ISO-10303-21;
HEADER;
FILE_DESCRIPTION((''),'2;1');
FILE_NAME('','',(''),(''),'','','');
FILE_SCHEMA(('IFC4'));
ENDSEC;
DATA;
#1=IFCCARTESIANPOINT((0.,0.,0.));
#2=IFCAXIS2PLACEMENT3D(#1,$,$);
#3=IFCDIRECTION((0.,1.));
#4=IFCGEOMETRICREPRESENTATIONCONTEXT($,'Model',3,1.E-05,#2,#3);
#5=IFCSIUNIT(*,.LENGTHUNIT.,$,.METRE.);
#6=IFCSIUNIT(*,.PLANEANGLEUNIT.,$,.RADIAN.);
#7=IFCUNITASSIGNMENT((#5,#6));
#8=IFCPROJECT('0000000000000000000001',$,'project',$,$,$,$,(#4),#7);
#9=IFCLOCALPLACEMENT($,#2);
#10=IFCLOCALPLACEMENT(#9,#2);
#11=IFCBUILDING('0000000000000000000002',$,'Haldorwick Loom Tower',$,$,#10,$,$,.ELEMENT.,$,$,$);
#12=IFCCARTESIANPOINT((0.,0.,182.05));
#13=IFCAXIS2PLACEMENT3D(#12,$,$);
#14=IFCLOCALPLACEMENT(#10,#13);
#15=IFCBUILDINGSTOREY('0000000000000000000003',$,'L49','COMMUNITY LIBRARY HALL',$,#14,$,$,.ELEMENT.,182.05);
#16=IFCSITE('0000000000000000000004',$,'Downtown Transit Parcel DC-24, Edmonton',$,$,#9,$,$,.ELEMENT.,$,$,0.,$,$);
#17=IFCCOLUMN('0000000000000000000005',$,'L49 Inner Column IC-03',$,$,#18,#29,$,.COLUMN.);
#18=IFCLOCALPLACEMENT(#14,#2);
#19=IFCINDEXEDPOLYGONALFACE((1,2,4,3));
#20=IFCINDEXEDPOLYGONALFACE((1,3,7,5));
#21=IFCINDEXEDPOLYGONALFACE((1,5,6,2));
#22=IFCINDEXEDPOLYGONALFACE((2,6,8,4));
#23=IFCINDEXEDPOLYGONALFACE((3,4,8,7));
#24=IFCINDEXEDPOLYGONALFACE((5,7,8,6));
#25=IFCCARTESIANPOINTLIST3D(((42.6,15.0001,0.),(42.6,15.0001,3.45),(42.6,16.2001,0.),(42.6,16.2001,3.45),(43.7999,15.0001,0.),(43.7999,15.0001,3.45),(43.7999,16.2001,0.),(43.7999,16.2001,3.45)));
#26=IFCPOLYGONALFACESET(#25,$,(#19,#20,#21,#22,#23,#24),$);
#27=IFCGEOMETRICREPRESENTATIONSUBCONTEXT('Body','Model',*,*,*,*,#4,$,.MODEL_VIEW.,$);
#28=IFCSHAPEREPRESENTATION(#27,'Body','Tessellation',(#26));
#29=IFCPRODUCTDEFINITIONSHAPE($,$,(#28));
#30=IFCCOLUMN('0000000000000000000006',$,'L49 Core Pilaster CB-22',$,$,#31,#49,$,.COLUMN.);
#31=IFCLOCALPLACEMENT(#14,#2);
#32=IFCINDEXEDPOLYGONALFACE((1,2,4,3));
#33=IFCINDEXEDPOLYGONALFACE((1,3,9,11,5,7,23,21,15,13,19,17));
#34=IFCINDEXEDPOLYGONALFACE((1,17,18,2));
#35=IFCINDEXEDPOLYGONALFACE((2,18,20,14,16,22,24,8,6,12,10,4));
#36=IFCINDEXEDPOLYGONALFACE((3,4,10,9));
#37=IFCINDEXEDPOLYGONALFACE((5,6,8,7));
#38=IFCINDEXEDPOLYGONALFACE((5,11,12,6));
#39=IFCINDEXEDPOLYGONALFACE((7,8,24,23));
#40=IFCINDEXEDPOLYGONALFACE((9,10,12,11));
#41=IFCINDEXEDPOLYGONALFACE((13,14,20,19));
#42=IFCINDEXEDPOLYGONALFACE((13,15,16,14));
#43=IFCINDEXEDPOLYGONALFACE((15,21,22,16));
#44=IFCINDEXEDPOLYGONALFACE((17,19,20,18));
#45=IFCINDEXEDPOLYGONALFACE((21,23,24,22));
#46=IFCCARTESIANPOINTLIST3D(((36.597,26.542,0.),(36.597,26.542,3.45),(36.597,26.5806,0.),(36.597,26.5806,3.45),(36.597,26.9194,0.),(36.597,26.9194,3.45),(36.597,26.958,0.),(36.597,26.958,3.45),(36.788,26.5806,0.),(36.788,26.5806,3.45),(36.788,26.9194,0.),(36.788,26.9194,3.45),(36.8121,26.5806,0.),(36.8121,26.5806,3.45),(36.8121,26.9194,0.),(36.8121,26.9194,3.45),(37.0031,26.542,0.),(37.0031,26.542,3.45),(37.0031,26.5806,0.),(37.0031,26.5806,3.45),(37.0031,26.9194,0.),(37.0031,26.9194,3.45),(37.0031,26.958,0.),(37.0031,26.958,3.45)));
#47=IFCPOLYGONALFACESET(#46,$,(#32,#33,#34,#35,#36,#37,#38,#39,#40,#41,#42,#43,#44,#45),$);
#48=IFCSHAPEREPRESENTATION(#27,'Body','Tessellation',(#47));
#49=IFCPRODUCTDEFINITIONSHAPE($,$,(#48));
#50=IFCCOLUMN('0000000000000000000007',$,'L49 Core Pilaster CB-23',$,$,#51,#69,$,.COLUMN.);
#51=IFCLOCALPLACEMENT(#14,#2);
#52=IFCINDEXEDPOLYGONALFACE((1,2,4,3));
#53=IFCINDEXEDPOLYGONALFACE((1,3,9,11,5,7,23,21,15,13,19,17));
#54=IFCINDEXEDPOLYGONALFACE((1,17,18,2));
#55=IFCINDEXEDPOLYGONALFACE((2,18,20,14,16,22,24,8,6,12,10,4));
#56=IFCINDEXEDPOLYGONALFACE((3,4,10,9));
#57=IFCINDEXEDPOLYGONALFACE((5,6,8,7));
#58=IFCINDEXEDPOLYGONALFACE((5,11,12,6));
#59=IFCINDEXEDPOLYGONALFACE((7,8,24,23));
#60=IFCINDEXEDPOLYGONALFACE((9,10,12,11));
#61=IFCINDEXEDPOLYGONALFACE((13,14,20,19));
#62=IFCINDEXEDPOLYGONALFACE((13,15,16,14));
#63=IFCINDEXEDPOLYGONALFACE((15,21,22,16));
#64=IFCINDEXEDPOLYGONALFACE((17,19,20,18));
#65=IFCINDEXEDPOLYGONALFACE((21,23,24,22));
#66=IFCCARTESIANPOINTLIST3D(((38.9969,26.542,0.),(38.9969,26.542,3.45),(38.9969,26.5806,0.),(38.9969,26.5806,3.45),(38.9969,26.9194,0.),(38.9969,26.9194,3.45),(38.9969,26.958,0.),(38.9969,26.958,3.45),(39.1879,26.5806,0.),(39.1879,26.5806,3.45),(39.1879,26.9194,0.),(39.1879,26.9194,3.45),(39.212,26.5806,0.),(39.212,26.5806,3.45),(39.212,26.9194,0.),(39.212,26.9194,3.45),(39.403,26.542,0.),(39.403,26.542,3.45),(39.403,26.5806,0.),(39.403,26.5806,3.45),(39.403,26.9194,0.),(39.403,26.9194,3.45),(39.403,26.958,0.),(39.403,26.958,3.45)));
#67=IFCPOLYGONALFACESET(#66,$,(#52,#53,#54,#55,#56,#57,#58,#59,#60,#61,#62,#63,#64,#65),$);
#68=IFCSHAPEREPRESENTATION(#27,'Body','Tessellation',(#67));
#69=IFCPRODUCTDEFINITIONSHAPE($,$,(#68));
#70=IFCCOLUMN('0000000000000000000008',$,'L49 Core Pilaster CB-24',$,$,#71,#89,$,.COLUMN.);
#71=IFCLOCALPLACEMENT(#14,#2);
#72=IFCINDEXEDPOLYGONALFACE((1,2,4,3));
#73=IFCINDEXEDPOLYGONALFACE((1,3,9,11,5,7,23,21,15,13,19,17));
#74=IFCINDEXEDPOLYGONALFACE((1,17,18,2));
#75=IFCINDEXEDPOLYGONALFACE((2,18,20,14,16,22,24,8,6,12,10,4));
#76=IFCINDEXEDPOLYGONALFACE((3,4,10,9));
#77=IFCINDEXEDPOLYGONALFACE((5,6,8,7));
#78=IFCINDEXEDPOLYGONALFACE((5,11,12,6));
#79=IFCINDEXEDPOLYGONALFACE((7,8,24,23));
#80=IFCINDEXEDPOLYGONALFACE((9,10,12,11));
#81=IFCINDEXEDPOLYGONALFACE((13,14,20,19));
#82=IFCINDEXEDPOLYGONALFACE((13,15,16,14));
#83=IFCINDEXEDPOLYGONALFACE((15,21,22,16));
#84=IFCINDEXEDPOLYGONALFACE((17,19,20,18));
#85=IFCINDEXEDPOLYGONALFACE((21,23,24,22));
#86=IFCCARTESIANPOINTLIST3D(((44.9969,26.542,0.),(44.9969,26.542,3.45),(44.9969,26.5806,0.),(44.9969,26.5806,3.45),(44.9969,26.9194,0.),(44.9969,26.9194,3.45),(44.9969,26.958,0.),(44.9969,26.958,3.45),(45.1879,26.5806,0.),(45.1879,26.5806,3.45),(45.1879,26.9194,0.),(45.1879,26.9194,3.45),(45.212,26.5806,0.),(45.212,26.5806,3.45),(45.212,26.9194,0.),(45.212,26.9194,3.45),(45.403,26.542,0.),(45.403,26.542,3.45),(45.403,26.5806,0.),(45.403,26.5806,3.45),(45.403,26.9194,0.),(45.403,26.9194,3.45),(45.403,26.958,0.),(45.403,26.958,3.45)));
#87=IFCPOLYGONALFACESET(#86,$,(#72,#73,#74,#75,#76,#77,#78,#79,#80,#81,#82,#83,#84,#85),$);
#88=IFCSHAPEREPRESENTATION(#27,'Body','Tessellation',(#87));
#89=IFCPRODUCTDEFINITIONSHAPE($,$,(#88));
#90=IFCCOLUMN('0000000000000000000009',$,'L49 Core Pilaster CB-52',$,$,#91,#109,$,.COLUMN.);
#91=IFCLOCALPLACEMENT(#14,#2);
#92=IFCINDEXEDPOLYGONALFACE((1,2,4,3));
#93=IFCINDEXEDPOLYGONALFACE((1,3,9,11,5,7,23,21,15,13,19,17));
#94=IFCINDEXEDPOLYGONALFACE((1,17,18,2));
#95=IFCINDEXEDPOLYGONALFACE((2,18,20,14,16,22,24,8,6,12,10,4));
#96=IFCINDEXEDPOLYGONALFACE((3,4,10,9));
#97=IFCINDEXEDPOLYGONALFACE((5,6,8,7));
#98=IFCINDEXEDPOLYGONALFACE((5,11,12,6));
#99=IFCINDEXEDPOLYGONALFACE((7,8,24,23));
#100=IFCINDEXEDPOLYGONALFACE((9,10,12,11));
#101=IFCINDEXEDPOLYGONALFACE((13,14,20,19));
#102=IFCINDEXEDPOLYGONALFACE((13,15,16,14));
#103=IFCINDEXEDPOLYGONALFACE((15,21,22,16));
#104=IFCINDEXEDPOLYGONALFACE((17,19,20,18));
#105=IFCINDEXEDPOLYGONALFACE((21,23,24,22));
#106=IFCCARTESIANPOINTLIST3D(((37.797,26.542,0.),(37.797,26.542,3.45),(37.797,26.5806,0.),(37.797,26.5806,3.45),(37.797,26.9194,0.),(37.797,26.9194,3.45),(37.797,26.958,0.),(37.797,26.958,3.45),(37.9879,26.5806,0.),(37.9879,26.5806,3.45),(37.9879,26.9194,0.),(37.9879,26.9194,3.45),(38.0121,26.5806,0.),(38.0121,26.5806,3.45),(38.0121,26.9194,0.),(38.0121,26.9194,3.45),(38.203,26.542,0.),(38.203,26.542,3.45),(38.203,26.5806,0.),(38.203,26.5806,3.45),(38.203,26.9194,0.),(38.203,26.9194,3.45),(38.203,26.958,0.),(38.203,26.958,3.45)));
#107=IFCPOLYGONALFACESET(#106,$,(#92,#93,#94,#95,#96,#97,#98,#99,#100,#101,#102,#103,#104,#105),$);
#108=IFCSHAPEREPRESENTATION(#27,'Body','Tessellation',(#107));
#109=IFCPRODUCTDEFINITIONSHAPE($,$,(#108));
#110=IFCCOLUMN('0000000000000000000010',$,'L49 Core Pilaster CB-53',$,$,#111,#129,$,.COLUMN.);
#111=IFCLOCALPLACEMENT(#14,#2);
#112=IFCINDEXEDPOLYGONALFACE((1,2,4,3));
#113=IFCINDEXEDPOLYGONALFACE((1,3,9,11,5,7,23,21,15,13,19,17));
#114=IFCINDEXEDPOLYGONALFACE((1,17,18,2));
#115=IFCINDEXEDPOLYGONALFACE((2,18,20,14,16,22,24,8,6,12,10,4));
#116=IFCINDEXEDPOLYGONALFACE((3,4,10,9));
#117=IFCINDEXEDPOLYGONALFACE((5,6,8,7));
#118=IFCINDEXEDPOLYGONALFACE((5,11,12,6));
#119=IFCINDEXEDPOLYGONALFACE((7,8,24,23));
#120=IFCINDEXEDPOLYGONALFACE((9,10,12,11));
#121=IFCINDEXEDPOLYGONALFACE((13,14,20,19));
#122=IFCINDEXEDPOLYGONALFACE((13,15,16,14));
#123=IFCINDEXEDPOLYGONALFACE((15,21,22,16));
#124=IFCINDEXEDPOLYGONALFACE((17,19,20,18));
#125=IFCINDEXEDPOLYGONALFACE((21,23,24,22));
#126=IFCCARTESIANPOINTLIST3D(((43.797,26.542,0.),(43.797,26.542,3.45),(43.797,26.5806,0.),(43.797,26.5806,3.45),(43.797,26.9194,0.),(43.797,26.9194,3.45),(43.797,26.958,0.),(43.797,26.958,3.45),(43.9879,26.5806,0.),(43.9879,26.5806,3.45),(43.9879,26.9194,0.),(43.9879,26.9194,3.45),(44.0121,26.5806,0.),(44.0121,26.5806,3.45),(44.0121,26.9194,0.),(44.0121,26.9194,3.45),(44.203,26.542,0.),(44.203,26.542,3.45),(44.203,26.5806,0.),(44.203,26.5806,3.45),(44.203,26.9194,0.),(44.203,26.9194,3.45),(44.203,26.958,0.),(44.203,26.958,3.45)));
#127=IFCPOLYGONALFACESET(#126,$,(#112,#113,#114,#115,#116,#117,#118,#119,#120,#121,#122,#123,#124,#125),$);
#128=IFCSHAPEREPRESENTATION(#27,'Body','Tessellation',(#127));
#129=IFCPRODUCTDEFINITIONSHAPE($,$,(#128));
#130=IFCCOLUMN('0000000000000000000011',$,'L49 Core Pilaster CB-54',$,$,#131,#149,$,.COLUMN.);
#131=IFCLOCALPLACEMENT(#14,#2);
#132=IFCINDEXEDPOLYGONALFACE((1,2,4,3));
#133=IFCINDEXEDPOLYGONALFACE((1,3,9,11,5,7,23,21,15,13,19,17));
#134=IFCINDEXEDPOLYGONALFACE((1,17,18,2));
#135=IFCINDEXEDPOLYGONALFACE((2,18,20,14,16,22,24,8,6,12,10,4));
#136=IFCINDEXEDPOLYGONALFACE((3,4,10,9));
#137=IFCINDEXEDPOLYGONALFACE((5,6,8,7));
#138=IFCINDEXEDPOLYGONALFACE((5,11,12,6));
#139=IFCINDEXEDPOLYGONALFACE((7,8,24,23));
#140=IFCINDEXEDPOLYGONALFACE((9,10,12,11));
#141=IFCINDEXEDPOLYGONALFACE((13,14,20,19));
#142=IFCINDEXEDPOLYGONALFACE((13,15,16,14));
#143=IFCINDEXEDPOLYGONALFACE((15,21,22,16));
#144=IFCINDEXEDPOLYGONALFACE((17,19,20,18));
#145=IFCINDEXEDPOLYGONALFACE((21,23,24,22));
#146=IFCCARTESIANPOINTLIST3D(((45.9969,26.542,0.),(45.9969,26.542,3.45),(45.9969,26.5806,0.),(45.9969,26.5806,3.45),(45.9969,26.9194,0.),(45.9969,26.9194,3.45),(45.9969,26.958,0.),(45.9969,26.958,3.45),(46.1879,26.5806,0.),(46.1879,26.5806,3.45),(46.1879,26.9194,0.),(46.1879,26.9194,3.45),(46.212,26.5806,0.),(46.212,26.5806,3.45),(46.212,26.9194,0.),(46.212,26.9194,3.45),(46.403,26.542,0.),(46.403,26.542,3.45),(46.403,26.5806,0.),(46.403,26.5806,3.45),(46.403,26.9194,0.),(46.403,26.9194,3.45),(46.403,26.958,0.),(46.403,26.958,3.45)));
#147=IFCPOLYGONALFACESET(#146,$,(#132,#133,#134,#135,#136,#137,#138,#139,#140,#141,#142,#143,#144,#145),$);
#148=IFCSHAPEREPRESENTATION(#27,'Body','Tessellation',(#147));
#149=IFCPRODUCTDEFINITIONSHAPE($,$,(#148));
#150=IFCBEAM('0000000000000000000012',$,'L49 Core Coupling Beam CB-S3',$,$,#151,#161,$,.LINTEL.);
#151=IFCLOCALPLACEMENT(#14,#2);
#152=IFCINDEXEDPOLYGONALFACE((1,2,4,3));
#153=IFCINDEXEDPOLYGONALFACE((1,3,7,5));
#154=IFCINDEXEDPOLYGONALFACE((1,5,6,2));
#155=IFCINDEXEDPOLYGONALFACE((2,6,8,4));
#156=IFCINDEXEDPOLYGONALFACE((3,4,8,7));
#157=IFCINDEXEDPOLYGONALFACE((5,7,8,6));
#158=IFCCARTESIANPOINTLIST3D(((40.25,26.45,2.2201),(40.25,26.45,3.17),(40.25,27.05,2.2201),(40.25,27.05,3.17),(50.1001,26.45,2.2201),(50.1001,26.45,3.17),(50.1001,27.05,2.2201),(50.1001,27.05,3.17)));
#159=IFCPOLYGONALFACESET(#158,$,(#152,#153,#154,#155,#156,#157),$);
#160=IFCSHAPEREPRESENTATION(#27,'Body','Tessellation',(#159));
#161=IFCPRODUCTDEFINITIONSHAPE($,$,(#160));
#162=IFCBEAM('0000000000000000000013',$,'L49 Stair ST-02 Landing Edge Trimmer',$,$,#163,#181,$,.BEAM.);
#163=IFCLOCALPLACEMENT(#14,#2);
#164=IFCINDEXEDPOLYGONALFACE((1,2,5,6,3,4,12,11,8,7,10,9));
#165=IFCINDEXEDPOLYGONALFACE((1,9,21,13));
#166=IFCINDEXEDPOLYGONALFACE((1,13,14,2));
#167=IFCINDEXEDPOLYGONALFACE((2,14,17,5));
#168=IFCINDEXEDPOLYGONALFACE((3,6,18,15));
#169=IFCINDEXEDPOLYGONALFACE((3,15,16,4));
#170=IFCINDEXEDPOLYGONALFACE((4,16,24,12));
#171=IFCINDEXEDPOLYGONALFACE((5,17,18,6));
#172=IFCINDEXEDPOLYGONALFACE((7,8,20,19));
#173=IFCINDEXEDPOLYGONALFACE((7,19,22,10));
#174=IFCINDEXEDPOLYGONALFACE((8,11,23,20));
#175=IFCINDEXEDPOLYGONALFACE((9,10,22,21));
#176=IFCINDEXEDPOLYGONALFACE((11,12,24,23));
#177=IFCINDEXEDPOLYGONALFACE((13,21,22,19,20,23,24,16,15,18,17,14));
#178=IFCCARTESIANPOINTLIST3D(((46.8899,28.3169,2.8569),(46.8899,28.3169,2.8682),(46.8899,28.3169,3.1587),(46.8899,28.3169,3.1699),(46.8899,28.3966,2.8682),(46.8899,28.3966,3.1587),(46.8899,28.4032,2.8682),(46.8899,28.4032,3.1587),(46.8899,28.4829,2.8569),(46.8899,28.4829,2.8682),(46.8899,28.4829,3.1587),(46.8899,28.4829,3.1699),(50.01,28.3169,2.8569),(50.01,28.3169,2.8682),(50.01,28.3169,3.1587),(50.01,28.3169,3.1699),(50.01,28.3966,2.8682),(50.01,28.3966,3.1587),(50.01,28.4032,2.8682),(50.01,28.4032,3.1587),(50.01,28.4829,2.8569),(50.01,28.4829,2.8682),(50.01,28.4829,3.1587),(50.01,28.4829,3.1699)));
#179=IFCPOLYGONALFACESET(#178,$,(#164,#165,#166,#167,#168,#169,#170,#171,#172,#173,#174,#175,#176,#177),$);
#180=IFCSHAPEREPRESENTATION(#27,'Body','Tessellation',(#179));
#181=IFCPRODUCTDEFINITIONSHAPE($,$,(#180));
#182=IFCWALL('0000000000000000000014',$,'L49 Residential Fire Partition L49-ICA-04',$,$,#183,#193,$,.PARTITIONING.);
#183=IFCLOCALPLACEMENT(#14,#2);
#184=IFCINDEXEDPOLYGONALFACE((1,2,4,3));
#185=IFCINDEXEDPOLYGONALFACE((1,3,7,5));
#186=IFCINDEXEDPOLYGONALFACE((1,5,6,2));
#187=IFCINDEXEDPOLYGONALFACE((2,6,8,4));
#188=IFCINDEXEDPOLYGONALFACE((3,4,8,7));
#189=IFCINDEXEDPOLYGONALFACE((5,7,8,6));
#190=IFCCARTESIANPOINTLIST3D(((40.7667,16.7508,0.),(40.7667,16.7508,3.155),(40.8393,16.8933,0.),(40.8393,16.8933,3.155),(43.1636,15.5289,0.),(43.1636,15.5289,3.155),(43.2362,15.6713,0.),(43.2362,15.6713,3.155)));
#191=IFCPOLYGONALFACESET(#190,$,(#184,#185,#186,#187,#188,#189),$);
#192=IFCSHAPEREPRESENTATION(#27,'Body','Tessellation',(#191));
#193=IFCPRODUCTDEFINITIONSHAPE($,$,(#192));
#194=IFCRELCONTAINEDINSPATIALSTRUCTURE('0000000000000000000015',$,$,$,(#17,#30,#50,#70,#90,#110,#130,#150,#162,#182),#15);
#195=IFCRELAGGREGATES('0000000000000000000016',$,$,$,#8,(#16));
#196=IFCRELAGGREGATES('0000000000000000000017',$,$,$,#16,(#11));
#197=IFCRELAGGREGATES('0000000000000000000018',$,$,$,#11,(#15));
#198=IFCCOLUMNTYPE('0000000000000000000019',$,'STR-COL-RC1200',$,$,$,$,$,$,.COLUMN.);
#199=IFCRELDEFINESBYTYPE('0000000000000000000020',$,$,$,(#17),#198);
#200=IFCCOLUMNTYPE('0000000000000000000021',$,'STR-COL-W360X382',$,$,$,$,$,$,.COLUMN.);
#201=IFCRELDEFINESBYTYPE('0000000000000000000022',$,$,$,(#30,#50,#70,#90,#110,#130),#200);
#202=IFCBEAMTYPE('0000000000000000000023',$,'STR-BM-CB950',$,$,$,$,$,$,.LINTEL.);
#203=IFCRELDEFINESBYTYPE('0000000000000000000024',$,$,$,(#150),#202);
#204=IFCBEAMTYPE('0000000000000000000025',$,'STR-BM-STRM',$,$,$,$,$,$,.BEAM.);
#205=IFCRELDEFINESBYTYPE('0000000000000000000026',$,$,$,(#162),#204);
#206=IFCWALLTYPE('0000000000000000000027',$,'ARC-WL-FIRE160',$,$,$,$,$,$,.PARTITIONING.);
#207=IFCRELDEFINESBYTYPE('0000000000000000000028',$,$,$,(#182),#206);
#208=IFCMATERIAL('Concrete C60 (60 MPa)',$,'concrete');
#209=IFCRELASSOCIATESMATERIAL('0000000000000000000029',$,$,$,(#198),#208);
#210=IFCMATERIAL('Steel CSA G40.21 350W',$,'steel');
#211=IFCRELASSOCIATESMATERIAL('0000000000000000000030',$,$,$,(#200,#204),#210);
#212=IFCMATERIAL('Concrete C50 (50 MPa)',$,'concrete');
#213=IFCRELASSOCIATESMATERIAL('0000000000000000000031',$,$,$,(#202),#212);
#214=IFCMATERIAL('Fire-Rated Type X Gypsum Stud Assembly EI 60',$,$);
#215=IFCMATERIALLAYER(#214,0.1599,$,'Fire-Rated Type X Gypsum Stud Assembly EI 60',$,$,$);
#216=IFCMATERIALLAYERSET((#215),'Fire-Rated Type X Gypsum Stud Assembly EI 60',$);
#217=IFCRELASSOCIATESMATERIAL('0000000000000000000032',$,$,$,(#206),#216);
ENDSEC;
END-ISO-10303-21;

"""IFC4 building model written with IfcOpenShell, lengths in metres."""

from ifc_helpers import new_model, si_unit, direction, frame, frame_2d, origin, origin_2d, place, context, subcontext, project, spatial, rectangle, i_section, extrude, material, layer, layer_set, material_profile, profile_set, type_object, element, save


model = new_model("IFC4")

# Units and contexts
model_context = context("Model", 3, precision=1e-05, world=origin(), true_north=direction((0.0, 1.0)))
body_context = subcontext(model_context, "Body", "Model", "MODEL_VIEW")
ifc_project = project(units=[si_unit("LENGTHUNIT", "METRE"), si_unit("PLANEANGLEUNIT", "RADIAN")], contexts=[model_context])

# Site, building, storey
site_placement = place(None, origin())
site = spatial("IfcSite", under=ifc_project, at=site_placement, Name="Downtown Transit Parcel DC-24, Edmonton", CompositionType="ELEMENT", RefElevation=0.0)
building_placement = place(site_placement, origin())
building = spatial("IfcBuilding", under=site, at=building_placement, Name="Haldorwick Loom Tower", CompositionType="ELEMENT")
storey_placement = place(building_placement, frame((0.0, 0.0, 182.05)))
storey = spatial("IfcBuildingStorey", under=building, at=storey_placement, Name="L49", Description="COMMUNITY LIBRARY HALL", CompositionType="ELEMENT", Elevation=182.05)

# Columns
ifc_material_1 = material(Name="Concrete C60 (60 MPa)", Category="concrete")
ifc_material_profile_1 = material_profile(ifc_material_1, rectangle(XDim=1.2, YDim=1.2, at=origin_2d()), Name="RC1200X1200", Category="concrete")
ifc_profile_set_1 = profile_set([ifc_material_profile_1], Name="Concrete C60 (60 MPa)")
column_type_1 = type_object("IfcColumnType", Name="STR-COL-RC1200", PredefinedType="COLUMN", material=ifc_profile_set_1)
column_placement = place(storey_placement, frame((43.2, 15.6001, 0.0), z_axis=(0.0, 0.0, 1.0), x_axis=(1.0, 0.0, 0.0)))
element("IfcColumn", 1, at=column_placement, inside=storey, type_object=column_type_1, Name="L49 Inner Column IC-03", PredefinedType="COLUMN", context=body_context, shape_type="SweptSolid", body=[
    extrude(rectangle(XDim=1.2, YDim=1.2, at=origin_2d()), origin(), (0.0, 0.0, 1.0), 3.45),
])
ifc_material_2 = material(Name="Steel CSA G40.21 350W", Category="steel")
ifc_material_profile_2 = material_profile(ifc_material_2, i_section(OverallWidth=0.406, OverallDepth=0.416, WebThickness=0.0242, FlangeThickness=0.0386, at=origin_2d()), Name="W360X382", Category="steel")
ifc_profile_set_2 = profile_set([ifc_material_profile_2], Name="Steel CSA G40.21 350W")
column_type_2 = type_object("IfcColumnType", Name="STR-COL-W360X382", PredefinedType="COLUMN", material=ifc_profile_set_2)
for number, where, z_axis, x_axis, name in (
    (2, (36.8, 26.75, 0.0), (0.0, 0.0, 1.0), (1.0, 0.0, 0.0), "L49 Core Pilaster CB-22"),
    (3, (39.2, 26.75, 0.0), (0.0, 0.0, 1.0), (1.0, 0.0, 0.0), "L49 Core Pilaster CB-23"),
    (4, (45.2, 26.75, 0.0), (0.0, 0.0, 1.0), (1.0, 0.0, 0.0), "L49 Core Pilaster CB-24"),
    (5, (38.0, 26.75, 0.0), (0.0, 0.0, 1.0), (1.0, 0.0, 0.0), "L49 Core Pilaster CB-52"),
    (6, (44.0, 26.75, 0.0), (0.0, 0.0, 1.0), (1.0, 0.0, 0.0), "L49 Core Pilaster CB-53"),
    (7, (46.2, 26.75, 0.0), (0.0, 0.0, 1.0), (1.0, 0.0, 0.0), "L49 Core Pilaster CB-54"),
):
    element("IfcColumn", number, at=place(storey_placement, frame(where, z_axis=z_axis, x_axis=x_axis)), inside=storey, type_object=column_type_2, Name=name, PredefinedType="COLUMN", context=body_context, shape_type="SweptSolid", body=[
        extrude(i_section(OverallWidth=0.406, OverallDepth=0.416, WebThickness=0.0242, FlangeThickness=0.0386, at=origin_2d()), origin(), (0.0, 0.0, 1.0), 3.45),
    ])

# Beams
ifc_material_3 = material(Name="Concrete C50 (50 MPa)", Category="concrete")
ifc_material_profile_3 = material_profile(ifc_material_3, rectangle(XDim=0.6001, YDim=0.95, at=origin_2d()), Name="RC600X950", Category="concrete")
ifc_profile_set_3 = profile_set([ifc_material_profile_3], Name="Concrete C50 (50 MPa)")
beam_type_1 = type_object("IfcBeamType", Name="STR-BM-CB950", PredefinedType="LINTEL", material=ifc_profile_set_3)
beam_1_placement = place(storey_placement, frame((40.25, 26.75, 2.6951), z_axis=(1.0, 0.0, 0.0), x_axis=(0.0, 1.0, 0.0)))
element("IfcBeam", 8, at=beam_1_placement, inside=storey, type_object=beam_type_1, Name="L49 Core Coupling Beam CB-S3", PredefinedType="LINTEL", context=body_context, shape_type="SweptSolid", body=[
    extrude(rectangle(XDim=0.6001, YDim=0.95, at=origin_2d()), origin(), (0.0, 0.0, 1.0), 9.8501),
])
ifc_material_profile_4 = material_profile(ifc_material_2, i_section(OverallWidth=0.166, OverallDepth=0.313, WebThickness=0.0066, FlangeThickness=0.0112, at=origin_2d()), Name="W310X45", Category="steel")
ifc_profile_set_4 = profile_set([ifc_material_profile_4], Name="Steel CSA G40.21 350W")
beam_type_2 = type_object("IfcBeamType", Name="STR-BM-STRM", PredefinedType="BEAM", material=ifc_profile_set_4)
beam_2_placement = place(storey_placement, frame((46.8899, 28.3999, 3.0134), z_axis=(1.0, 0.0, 0.0), x_axis=(0.0, 1.0, 0.0)))
element("IfcBeam", 9, at=beam_2_placement, inside=storey, type_object=beam_type_2, Name="L49 Stair ST-02 Landing Edge Trimmer", PredefinedType="BEAM", context=body_context, shape_type="SweptSolid", body=[
    extrude(i_section(OverallWidth=0.166, OverallDepth=0.313, WebThickness=0.0066, FlangeThickness=0.0112, at=origin_2d()), origin(), (0.0, 0.0, 1.0), 3.1201),
])

# Wall
ifc_material_4 = material(Name="Fire-Rated Type X Gypsum Stud Assembly EI 60")
ifc_layer_1 = layer(ifc_material_4, 0.1599, Name="Fire-Rated Type X Gypsum Stud Assembly EI 60")
ifc_layer_set_1 = layer_set([ifc_layer_1], Name="Fire-Rated Type X Gypsum Stud Assembly EI 60")
wall_type_1 = type_object("IfcWallType", Name="ARC-WL-FIRE160", PredefinedType="PARTITIONING", material=ifc_layer_set_1)
wall_1_placement = place(storey_placement, frame((40.803, 16.822, 0.0), z_axis=(0.0, 0.0, 1.0), x_axis=(0.890916, -0.454169, 0.0)))
element("IfcWall", 10, at=wall_1_placement, inside=storey, type_object=wall_type_1, Name="L49 Residential Fire Partition L49-ICA-04", PredefinedType="PARTITIONING", context=body_context, shape_type="SweptSolid", body=[
    extrude(rectangle(XDim=2.6904, YDim=0.1599, at=frame_2d((1.3452, 0.0))), origin(), (0.0, 0.0, 1.0), 3.155),
])

save(model, "model.ifc")
